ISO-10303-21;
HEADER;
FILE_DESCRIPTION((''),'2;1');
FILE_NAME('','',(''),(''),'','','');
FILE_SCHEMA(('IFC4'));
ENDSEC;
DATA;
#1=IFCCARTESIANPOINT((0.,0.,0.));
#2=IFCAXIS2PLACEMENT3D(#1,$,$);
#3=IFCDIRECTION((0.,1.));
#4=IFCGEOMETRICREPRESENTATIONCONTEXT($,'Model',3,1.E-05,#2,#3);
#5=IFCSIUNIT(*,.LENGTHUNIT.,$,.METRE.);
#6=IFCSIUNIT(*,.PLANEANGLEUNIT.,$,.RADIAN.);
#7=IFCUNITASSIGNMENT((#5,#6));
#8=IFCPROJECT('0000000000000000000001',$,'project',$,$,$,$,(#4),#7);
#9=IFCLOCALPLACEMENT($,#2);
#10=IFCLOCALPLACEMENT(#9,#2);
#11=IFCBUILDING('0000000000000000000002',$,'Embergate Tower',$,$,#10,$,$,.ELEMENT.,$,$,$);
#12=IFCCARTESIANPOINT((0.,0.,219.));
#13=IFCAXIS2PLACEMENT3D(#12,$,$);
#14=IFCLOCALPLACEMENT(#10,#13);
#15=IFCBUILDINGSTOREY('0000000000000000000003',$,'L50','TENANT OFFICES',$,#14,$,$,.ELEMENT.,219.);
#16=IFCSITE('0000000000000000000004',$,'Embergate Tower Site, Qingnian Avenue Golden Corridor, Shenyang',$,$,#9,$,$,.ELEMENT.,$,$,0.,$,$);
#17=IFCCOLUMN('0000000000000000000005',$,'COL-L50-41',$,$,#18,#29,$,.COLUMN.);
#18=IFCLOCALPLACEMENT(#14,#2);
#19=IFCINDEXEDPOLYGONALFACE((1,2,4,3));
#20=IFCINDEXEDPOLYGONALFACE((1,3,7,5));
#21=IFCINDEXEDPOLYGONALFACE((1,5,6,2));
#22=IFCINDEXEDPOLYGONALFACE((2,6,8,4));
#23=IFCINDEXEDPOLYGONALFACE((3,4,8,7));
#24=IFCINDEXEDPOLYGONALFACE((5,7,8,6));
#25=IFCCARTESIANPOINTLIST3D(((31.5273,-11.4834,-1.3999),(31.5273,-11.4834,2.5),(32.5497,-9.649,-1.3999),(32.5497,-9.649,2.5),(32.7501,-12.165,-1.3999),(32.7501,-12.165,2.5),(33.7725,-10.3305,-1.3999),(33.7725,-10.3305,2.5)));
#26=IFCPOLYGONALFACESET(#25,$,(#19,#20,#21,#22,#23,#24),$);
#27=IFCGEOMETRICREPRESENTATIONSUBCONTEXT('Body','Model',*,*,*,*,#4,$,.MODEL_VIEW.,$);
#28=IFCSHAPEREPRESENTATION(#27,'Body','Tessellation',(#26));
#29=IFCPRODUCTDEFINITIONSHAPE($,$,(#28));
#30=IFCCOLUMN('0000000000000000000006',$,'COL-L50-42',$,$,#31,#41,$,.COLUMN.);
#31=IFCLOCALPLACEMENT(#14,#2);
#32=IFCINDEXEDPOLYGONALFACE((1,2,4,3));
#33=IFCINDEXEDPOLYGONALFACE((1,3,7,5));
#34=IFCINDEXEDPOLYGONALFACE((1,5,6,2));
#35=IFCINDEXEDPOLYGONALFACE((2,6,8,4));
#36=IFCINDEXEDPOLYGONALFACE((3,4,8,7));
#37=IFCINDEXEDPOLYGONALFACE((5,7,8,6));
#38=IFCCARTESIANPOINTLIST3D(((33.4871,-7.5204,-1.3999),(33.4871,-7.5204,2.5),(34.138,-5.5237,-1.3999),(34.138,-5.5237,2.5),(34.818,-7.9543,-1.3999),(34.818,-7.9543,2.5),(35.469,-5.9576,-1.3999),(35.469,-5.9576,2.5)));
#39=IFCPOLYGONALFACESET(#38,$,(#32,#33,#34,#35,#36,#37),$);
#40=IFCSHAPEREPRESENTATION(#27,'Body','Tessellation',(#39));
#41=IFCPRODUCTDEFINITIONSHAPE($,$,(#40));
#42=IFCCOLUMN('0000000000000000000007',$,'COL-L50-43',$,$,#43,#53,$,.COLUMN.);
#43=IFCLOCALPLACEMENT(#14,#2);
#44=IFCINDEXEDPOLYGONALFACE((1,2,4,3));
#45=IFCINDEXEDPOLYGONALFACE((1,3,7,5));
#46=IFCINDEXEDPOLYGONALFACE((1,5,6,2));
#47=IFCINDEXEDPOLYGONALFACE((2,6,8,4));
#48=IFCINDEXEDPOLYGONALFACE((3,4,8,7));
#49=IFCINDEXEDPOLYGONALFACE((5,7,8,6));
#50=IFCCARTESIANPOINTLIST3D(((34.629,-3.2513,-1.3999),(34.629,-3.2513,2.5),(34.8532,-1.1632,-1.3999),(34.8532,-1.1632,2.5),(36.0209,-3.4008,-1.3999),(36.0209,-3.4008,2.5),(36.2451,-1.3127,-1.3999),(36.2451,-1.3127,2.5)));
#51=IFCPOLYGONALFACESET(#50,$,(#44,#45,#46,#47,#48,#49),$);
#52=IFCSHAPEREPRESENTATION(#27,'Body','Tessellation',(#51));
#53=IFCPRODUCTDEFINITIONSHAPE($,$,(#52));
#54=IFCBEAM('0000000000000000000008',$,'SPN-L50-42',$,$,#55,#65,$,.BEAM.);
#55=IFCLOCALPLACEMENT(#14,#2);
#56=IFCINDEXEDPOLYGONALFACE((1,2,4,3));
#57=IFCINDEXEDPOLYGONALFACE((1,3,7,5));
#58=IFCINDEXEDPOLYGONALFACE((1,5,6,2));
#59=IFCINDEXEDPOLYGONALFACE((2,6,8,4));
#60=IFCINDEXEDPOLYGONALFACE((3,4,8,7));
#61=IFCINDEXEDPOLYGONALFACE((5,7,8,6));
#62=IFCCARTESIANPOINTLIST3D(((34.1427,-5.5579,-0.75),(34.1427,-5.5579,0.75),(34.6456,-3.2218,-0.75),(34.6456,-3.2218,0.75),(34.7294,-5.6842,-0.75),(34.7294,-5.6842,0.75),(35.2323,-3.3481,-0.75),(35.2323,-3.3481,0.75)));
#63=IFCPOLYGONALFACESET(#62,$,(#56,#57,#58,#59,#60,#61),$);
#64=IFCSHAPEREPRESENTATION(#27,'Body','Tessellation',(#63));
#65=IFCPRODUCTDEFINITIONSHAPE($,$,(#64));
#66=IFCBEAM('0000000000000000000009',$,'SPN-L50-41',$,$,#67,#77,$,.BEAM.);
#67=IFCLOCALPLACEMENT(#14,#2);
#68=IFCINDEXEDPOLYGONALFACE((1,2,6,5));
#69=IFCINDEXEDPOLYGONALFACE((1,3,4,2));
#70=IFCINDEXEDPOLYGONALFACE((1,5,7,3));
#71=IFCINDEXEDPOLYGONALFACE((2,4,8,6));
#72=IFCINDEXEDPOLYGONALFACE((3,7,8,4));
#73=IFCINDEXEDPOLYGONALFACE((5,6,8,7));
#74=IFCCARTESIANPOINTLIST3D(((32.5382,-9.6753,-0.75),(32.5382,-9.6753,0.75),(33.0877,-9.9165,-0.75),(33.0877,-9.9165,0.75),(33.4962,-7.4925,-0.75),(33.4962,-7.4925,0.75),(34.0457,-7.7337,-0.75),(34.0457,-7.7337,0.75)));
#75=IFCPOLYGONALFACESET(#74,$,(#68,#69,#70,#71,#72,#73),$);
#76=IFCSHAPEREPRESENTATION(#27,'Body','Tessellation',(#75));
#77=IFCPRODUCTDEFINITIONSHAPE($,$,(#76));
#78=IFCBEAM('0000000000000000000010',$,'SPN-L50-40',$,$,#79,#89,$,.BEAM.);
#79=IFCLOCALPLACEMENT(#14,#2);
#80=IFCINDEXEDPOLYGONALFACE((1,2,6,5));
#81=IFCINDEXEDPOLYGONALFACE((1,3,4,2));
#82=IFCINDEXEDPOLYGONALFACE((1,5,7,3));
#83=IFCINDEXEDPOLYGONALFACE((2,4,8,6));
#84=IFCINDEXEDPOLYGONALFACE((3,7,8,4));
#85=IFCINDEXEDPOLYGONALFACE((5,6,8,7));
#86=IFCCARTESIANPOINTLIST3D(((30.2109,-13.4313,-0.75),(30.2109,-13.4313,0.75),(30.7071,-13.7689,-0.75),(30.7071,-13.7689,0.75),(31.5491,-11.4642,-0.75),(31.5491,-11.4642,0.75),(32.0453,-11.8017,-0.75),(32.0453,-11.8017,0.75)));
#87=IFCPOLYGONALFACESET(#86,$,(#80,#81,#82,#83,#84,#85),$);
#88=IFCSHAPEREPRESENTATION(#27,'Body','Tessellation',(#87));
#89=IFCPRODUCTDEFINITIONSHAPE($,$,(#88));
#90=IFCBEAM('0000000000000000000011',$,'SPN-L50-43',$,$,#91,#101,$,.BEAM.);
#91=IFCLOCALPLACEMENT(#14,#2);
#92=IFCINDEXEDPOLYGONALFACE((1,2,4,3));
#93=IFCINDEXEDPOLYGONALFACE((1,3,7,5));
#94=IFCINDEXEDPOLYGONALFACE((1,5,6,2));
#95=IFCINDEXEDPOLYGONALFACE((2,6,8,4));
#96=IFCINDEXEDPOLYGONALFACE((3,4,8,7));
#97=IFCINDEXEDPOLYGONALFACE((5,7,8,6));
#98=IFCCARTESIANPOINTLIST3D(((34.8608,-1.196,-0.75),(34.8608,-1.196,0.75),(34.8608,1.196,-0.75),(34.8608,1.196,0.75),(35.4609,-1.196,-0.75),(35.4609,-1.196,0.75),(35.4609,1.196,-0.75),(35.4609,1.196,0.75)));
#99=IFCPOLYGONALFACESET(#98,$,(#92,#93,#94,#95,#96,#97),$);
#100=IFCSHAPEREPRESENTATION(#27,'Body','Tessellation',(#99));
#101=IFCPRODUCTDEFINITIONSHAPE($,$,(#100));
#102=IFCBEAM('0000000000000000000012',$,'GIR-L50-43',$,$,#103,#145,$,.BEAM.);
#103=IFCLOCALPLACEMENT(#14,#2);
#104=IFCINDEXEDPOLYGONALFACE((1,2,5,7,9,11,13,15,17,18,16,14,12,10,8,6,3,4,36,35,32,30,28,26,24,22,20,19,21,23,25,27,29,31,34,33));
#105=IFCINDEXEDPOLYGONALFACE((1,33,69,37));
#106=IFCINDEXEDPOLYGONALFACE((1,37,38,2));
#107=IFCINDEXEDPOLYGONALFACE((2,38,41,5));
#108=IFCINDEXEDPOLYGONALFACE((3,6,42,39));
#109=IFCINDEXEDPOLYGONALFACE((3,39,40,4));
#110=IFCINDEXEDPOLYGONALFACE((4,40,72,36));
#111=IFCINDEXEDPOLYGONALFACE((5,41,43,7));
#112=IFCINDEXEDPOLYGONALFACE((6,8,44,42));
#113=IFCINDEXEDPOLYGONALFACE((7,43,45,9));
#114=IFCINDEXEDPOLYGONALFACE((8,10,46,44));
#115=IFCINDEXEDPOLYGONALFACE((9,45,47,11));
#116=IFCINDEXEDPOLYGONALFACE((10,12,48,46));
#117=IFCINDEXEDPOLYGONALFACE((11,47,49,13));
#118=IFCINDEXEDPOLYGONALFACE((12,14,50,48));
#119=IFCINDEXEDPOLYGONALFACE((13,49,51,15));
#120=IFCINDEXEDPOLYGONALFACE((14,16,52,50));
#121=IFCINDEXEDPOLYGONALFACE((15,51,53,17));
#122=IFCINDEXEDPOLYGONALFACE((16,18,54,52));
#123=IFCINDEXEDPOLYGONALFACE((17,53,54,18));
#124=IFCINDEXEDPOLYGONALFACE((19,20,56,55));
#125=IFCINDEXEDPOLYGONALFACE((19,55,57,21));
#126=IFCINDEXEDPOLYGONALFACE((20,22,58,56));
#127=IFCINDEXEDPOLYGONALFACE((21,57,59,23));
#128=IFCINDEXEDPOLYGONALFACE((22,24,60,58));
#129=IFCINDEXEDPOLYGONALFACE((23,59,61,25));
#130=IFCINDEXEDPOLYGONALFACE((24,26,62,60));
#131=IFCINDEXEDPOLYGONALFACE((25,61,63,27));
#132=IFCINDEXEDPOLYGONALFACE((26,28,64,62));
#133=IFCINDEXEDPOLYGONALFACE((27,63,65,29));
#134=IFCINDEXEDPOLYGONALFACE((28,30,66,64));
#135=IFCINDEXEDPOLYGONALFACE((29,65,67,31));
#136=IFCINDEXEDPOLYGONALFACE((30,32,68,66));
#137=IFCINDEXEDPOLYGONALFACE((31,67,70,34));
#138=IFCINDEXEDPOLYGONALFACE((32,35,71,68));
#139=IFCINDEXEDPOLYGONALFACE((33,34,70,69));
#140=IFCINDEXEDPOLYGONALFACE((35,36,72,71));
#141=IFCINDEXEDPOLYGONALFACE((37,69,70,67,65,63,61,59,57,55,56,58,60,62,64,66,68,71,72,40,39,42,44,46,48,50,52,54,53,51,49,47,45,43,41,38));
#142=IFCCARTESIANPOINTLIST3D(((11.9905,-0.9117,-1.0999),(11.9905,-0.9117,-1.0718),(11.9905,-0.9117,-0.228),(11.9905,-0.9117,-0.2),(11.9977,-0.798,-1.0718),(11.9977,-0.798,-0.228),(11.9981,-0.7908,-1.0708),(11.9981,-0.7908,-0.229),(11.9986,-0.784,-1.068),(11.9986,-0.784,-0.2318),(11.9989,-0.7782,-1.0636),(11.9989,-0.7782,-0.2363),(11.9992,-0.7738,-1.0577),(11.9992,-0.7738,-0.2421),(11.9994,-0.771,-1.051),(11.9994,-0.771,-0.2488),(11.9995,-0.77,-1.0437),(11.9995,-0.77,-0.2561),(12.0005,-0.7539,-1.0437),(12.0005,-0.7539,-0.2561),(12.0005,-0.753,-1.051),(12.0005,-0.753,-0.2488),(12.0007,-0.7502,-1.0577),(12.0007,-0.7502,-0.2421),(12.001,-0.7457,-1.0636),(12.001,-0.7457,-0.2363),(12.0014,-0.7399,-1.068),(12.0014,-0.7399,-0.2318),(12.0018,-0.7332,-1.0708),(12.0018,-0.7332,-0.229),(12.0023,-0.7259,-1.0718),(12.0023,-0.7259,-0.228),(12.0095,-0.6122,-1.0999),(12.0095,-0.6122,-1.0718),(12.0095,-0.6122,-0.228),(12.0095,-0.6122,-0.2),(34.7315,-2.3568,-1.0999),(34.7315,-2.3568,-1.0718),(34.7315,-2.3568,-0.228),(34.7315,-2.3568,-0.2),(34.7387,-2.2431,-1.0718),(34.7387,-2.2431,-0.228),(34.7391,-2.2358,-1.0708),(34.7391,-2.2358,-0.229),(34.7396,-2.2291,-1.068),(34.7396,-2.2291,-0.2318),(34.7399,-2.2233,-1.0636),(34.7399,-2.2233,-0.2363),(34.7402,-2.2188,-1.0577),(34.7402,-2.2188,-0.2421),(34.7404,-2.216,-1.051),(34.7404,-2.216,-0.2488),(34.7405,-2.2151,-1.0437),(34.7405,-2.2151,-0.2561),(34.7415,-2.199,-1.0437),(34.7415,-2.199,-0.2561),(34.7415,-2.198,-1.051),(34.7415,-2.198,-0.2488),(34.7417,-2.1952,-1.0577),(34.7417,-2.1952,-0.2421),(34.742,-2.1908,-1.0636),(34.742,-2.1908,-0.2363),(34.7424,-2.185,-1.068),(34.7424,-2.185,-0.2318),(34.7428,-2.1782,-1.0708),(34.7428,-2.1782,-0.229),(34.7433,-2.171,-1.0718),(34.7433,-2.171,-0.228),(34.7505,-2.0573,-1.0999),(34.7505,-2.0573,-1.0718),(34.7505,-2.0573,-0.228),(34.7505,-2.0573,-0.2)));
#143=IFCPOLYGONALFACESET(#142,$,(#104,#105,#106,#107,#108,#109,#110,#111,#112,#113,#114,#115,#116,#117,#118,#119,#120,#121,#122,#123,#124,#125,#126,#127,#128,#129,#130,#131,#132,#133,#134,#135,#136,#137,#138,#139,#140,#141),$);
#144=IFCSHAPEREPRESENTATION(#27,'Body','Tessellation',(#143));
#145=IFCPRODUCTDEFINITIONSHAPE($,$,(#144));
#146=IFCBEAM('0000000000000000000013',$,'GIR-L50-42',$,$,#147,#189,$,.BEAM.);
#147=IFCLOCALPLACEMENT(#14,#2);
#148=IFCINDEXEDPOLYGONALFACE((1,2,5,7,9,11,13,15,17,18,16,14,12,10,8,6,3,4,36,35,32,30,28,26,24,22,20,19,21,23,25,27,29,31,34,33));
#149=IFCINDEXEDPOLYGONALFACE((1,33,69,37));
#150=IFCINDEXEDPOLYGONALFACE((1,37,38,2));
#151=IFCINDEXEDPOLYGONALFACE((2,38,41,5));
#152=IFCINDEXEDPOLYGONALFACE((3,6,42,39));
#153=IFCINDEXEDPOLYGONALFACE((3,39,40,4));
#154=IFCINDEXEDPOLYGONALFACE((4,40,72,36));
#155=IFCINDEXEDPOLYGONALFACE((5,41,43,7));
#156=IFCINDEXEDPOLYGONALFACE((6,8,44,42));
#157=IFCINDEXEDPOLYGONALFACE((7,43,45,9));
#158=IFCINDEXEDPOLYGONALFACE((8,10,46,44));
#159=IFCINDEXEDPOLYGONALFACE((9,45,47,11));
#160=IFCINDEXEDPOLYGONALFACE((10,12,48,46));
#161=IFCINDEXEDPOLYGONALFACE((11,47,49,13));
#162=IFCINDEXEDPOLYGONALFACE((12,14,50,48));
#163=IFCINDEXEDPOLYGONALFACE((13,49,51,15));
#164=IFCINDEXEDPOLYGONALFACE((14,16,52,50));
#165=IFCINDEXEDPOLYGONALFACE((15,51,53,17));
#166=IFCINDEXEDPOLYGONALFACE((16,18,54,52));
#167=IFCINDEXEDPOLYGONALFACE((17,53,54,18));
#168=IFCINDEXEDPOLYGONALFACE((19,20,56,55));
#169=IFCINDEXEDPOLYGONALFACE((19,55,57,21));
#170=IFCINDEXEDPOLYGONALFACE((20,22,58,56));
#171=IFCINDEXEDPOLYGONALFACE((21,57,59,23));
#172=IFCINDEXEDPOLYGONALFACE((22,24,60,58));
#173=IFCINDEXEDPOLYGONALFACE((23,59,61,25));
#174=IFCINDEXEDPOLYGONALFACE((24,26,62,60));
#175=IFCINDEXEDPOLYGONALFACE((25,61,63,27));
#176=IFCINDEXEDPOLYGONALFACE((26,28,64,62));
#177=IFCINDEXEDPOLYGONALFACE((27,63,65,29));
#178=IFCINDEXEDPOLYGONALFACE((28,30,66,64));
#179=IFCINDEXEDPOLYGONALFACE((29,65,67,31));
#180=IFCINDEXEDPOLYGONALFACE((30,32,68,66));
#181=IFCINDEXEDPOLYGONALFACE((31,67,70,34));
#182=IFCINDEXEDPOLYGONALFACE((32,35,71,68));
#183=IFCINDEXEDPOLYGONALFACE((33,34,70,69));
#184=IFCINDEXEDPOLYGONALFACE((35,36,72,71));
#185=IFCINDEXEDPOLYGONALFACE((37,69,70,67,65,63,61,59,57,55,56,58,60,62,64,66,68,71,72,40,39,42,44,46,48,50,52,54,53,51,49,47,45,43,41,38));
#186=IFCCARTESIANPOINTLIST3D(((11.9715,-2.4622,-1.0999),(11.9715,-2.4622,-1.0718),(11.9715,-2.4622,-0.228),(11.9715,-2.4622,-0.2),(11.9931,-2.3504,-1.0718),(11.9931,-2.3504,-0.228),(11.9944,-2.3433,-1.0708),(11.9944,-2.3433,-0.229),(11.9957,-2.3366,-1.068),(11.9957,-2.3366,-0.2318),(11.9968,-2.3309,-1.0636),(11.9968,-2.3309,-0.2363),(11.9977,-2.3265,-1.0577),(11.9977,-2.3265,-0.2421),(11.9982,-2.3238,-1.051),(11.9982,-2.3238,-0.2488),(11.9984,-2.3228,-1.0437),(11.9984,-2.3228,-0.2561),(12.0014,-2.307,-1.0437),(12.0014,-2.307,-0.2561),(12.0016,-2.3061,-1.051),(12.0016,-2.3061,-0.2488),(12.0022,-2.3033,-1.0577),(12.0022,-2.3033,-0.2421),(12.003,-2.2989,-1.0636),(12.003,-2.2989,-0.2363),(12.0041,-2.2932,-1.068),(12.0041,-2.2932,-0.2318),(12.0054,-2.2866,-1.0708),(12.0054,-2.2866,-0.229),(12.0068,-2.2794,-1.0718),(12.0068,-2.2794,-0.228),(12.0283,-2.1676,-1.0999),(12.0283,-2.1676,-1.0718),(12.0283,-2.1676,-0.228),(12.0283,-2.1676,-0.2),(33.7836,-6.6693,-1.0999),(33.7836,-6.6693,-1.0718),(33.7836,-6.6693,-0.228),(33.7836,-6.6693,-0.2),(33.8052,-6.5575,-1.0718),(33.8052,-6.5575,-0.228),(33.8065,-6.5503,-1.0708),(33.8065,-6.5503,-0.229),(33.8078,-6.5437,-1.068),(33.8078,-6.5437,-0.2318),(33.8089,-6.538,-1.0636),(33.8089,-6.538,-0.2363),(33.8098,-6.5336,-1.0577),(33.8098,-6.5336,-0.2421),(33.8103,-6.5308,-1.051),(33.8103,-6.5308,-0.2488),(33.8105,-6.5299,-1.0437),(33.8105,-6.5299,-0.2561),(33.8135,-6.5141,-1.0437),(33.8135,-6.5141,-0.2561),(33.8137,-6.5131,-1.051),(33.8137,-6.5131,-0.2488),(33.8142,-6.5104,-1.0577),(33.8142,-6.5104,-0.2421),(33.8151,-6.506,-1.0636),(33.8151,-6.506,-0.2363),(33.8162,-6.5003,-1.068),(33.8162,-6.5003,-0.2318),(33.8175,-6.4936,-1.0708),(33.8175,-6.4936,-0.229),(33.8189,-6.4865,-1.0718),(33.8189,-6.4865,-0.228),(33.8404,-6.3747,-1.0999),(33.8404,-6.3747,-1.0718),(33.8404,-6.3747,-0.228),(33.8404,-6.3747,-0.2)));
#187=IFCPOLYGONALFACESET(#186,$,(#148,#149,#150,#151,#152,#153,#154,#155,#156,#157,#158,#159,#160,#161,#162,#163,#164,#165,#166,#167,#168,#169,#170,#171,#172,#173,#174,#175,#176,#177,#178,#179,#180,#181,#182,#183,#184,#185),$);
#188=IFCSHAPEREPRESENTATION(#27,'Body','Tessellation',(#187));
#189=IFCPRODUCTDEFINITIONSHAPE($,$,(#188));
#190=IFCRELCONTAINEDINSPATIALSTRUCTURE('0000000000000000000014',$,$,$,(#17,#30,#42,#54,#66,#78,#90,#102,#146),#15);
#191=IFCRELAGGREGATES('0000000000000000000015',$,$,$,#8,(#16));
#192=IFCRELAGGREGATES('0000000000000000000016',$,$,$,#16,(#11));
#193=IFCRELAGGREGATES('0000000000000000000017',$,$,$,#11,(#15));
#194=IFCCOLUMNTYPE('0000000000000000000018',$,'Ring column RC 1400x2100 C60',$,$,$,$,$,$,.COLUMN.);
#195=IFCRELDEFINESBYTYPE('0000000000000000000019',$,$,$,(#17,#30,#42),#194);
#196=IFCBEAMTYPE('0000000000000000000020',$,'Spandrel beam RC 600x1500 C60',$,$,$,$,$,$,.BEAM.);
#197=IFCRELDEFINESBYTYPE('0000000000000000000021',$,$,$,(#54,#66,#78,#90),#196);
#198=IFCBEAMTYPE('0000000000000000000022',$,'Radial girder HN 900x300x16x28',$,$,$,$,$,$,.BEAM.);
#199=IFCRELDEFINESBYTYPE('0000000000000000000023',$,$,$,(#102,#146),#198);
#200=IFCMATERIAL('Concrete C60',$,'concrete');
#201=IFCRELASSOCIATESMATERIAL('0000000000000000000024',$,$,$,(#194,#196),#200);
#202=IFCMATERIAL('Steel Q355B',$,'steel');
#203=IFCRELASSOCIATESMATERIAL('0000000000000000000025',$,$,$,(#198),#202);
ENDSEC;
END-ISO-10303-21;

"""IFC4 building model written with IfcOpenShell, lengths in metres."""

from ifc_helpers import new_model, si_unit, direction, frame, origin, origin_2d, place, context, subcontext, project, spatial, rectangle, i_section, extrude, source, transform, mapped, material, material_profile, profile_set, type_object, element, save


model = new_model("IFC4")

# Units and contexts
model_context = context("Model", 3, precision=1e-05, world=origin(), true_north=direction((0.0, 1.0)))
body_context = subcontext(model_context, "Body", "Model", "MODEL_VIEW")
ifc_project = project(units=[si_unit("LENGTHUNIT", "METRE"), si_unit("PLANEANGLEUNIT", "RADIAN")], contexts=[model_context])

# Site, building, storey
site_placement = place(None, origin())
site = spatial("IfcSite", under=ifc_project, at=site_placement, Name="Embergate Tower Site, Qingnian Avenue Golden Corridor, Shenyang", CompositionType="ELEMENT", RefElevation=0.0)
building_placement = place(site_placement, origin())
building = spatial("IfcBuilding", under=site, at=building_placement, Name="Embergate Tower", CompositionType="ELEMENT")
storey_placement = place(building_placement, frame((0.0, 0.0, 219.0)))
storey = spatial("IfcBuildingStorey", under=building, at=storey_placement, Name="L50", Description="TENANT OFFICES", CompositionType="ELEMENT", Elevation=219.0)

# Columns
ifc_material_1 = material(Name="Concrete C60", Category="concrete")
ifc_material_profile_1 = material_profile(ifc_material_1, rectangle(XDim=1.3999, YDim=2.1001, at=origin_2d()), Name="RC 1400x2100")
ifc_profile_set_1 = profile_set([ifc_material_profile_1], Name="Concrete C60")
column_type = type_object("IfcColumnType", Name="Ring column RC 1400x2100 C60", PredefinedType="COLUMN", material=ifc_profile_set_1)
shared_shape_1 = source(origin(), body_context, "Body", "SweptSolid", [
    extrude(rectangle(XDim=1.3999, YDim=2.1001, at=origin_2d()), origin(), (0.0, 0.0, 1.0), 3.8999),
])
for number, where, z_axis, x_axis, name in (
    (1, (32.6499, -10.907, -1.3999), (0.0, 0.0, 1.0), (0.8735, -0.486823, 0.0), "COL-L50-41"),
    (2, (34.478, -6.739, -1.3999), (0.0, 0.0, 1.0), (0.950754, -0.309946, 0.0), "COL-L50-42"),
    (3, (35.437, -2.282, -1.3999), (0.0, 0.0, 1.0), (0.994286, -0.10675, 0.0), "COL-L50-43"),
):
    element("IfcColumn", number, at=place(storey_placement, frame(where, z_axis=z_axis, x_axis=x_axis)), inside=storey, type_object=column_type, Name=name, PredefinedType="COLUMN", context=body_context, shape_type="MappedRepresentation", body=[
        mapped(shared_shape_1, transform((0.0, 0.0, 0.0))),
    ])

# Beams
ifc_material_profile_2 = material_profile(ifc_material_1, rectangle(XDim=0.6001, YDim=1.5, at=origin_2d()), Name="RC 600x1500")
ifc_profile_set_2 = profile_set([ifc_material_profile_2], Name="Concrete C60")
beam_type_1 = type_object("IfcBeamType", Name="Spandrel beam RC 600x1500 C60", PredefinedType="BEAM", material=ifc_profile_set_2)
shared_shape_2 = source(origin(), body_context, "Body", "SweptSolid", [
    extrude(rectangle(XDim=0.6001, YDim=1.5, at=origin_2d()), origin(), (0.0, 0.0, 1.0), 2.3896),
])
beam_1_placement = place(storey_placement, frame((34.436, -5.6211, 0.0), z_axis=(0.210457, 0.977603, 0.0), x_axis=(-0.977603, 0.210457, 0.0)))
element("IfcBeam", 4, at=beam_1_placement, inside=storey, type_object=beam_type_1, Name="SPN-L50-42", PredefinedType="BEAM", context=body_context, shape_type="MappedRepresentation", body=[
    mapped(shared_shape_2, transform((0.0, 0.0, 0.0))),
])
shared_shape_3 = source(origin(), body_context, "Body", "SweptSolid", [
    extrude(rectangle(XDim=0.6001, YDim=1.5, at=origin_2d()), origin(), (0.0, 0.0, 1.0), 2.3838),
])
beam_2_placement = place(storey_placement, frame((32.813, -9.7959, 0.0), z_axis=(0.401877, 0.915694, 0.0), x_axis=(-0.915694, 0.401877, 0.0)))
element("IfcBeam", 5, at=beam_2_placement, inside=storey, type_object=beam_type_1, Name="SPN-L50-41", PredefinedType="BEAM", context=body_context, shape_type="MappedRepresentation", body=[
    mapped(shared_shape_3, transform((0.0, 0.0, 0.0))),
])
shared_shape_4 = source(origin(), body_context, "Body", "SweptSolid", [
    extrude(rectangle(XDim=0.6001, YDim=1.5, at=origin_2d()), origin(), (0.0, 0.0, 1.0), 2.3792),
])
beam_3_placement = place(storey_placement, frame((30.459, -13.6001, 0.0), z_axis=(0.562467, 0.82682, 0.0), x_axis=(-0.82682, 0.562467, 0.0)))
element("IfcBeam", 6, at=beam_3_placement, inside=storey, type_object=beam_type_1, Name="SPN-L50-40", PredefinedType="BEAM", context=body_context, shape_type="MappedRepresentation", body=[
    mapped(shared_shape_4, transform((0.0, 0.0, 0.0))),
])
shared_shape_5 = source(origin(), body_context, "Body", "SweptSolid", [
    extrude(rectangle(XDim=0.6001, YDim=1.5, at=origin_2d()), origin(), (0.0, 0.0, 1.0), 2.3921),
])
beam_4_placement = place(storey_placement, frame((35.1609, -1.196, 0.0), z_axis=(0.0, 1.0, 0.0), x_axis=(-1.0, 0.0, 0.0)))
element("IfcBeam", 7, at=beam_4_placement, inside=storey, type_object=beam_type_1, Name="SPN-L50-43", PredefinedType="BEAM", context=body_context, shape_type="MappedRepresentation", body=[
    mapped(shared_shape_5, transform((0.0, 0.0, 0.0))),
])
ifc_material_2 = material(Name="Steel Q355B", Category="steel")
ifc_material_profile_3 = material_profile(ifc_material_2, i_section(OverallWidth=0.3, OverallDepth=0.8999, WebThickness=0.0161, FlangeThickness=0.0281, FilletRadius=0.0281, at=origin_2d()), Name="HN 900x300x16x28")
ifc_profile_set_3 = profile_set([ifc_material_profile_3], Name="Steel Q355 grade B")
beam_type_2 = type_object("IfcBeamType", Name="Radial girder HN 900x300x16x28", PredefinedType="BEAM", material=ifc_profile_set_3)
shared_shape_6 = source(origin(), body_context, "Body", "SweptSolid", [
    extrude(i_section(OverallWidth=0.3, OverallDepth=0.8999, WebThickness=0.0161, FlangeThickness=0.0281, FilletRadius=0.0281, at=origin_2d()), origin(), (0.0, 0.0, 1.0), 22.7869),
])
beam_5_placement = place(storey_placement, frame((34.741, -2.207, -0.6499), z_axis=(-0.997987, 0.063417, 0.0), x_axis=(-0.063417, -0.997987, 0.0)))
element("IfcBeam", 8, at=beam_5_placement, inside=storey, type_object=beam_type_2, Name="GIR-L50-43", PredefinedType="BEAM", context=body_context, shape_type="MappedRepresentation", body=[
    mapped(shared_shape_6, transform((0.0, 0.0, 0.0))),
])
shared_shape_7 = source(origin(), body_context, "Body", "SweptSolid", [
    extrude(i_section(OverallWidth=0.3, OverallDepth=0.8999, WebThickness=0.0161, FlangeThickness=0.0281, FilletRadius=0.0281, at=origin_2d()), origin(), (0.0, 0.0, 1.0), 22.2141),
])
beam_6_placement = place(storey_placement, frame((33.812, -6.522, -0.6499), z_axis=(-0.981903, 0.189386, 0.0), x_axis=(-0.189386, -0.981903, 0.0)))
element("IfcBeam", 9, at=beam_6_placement, inside=storey, type_object=beam_type_2, Name="GIR-L50-42", PredefinedType="BEAM", context=body_context, shape_type="MappedRepresentation", body=[
    mapped(shared_shape_7, transform((0.0, 0.0, 0.0))),
])

save(model, "model.ifc")
